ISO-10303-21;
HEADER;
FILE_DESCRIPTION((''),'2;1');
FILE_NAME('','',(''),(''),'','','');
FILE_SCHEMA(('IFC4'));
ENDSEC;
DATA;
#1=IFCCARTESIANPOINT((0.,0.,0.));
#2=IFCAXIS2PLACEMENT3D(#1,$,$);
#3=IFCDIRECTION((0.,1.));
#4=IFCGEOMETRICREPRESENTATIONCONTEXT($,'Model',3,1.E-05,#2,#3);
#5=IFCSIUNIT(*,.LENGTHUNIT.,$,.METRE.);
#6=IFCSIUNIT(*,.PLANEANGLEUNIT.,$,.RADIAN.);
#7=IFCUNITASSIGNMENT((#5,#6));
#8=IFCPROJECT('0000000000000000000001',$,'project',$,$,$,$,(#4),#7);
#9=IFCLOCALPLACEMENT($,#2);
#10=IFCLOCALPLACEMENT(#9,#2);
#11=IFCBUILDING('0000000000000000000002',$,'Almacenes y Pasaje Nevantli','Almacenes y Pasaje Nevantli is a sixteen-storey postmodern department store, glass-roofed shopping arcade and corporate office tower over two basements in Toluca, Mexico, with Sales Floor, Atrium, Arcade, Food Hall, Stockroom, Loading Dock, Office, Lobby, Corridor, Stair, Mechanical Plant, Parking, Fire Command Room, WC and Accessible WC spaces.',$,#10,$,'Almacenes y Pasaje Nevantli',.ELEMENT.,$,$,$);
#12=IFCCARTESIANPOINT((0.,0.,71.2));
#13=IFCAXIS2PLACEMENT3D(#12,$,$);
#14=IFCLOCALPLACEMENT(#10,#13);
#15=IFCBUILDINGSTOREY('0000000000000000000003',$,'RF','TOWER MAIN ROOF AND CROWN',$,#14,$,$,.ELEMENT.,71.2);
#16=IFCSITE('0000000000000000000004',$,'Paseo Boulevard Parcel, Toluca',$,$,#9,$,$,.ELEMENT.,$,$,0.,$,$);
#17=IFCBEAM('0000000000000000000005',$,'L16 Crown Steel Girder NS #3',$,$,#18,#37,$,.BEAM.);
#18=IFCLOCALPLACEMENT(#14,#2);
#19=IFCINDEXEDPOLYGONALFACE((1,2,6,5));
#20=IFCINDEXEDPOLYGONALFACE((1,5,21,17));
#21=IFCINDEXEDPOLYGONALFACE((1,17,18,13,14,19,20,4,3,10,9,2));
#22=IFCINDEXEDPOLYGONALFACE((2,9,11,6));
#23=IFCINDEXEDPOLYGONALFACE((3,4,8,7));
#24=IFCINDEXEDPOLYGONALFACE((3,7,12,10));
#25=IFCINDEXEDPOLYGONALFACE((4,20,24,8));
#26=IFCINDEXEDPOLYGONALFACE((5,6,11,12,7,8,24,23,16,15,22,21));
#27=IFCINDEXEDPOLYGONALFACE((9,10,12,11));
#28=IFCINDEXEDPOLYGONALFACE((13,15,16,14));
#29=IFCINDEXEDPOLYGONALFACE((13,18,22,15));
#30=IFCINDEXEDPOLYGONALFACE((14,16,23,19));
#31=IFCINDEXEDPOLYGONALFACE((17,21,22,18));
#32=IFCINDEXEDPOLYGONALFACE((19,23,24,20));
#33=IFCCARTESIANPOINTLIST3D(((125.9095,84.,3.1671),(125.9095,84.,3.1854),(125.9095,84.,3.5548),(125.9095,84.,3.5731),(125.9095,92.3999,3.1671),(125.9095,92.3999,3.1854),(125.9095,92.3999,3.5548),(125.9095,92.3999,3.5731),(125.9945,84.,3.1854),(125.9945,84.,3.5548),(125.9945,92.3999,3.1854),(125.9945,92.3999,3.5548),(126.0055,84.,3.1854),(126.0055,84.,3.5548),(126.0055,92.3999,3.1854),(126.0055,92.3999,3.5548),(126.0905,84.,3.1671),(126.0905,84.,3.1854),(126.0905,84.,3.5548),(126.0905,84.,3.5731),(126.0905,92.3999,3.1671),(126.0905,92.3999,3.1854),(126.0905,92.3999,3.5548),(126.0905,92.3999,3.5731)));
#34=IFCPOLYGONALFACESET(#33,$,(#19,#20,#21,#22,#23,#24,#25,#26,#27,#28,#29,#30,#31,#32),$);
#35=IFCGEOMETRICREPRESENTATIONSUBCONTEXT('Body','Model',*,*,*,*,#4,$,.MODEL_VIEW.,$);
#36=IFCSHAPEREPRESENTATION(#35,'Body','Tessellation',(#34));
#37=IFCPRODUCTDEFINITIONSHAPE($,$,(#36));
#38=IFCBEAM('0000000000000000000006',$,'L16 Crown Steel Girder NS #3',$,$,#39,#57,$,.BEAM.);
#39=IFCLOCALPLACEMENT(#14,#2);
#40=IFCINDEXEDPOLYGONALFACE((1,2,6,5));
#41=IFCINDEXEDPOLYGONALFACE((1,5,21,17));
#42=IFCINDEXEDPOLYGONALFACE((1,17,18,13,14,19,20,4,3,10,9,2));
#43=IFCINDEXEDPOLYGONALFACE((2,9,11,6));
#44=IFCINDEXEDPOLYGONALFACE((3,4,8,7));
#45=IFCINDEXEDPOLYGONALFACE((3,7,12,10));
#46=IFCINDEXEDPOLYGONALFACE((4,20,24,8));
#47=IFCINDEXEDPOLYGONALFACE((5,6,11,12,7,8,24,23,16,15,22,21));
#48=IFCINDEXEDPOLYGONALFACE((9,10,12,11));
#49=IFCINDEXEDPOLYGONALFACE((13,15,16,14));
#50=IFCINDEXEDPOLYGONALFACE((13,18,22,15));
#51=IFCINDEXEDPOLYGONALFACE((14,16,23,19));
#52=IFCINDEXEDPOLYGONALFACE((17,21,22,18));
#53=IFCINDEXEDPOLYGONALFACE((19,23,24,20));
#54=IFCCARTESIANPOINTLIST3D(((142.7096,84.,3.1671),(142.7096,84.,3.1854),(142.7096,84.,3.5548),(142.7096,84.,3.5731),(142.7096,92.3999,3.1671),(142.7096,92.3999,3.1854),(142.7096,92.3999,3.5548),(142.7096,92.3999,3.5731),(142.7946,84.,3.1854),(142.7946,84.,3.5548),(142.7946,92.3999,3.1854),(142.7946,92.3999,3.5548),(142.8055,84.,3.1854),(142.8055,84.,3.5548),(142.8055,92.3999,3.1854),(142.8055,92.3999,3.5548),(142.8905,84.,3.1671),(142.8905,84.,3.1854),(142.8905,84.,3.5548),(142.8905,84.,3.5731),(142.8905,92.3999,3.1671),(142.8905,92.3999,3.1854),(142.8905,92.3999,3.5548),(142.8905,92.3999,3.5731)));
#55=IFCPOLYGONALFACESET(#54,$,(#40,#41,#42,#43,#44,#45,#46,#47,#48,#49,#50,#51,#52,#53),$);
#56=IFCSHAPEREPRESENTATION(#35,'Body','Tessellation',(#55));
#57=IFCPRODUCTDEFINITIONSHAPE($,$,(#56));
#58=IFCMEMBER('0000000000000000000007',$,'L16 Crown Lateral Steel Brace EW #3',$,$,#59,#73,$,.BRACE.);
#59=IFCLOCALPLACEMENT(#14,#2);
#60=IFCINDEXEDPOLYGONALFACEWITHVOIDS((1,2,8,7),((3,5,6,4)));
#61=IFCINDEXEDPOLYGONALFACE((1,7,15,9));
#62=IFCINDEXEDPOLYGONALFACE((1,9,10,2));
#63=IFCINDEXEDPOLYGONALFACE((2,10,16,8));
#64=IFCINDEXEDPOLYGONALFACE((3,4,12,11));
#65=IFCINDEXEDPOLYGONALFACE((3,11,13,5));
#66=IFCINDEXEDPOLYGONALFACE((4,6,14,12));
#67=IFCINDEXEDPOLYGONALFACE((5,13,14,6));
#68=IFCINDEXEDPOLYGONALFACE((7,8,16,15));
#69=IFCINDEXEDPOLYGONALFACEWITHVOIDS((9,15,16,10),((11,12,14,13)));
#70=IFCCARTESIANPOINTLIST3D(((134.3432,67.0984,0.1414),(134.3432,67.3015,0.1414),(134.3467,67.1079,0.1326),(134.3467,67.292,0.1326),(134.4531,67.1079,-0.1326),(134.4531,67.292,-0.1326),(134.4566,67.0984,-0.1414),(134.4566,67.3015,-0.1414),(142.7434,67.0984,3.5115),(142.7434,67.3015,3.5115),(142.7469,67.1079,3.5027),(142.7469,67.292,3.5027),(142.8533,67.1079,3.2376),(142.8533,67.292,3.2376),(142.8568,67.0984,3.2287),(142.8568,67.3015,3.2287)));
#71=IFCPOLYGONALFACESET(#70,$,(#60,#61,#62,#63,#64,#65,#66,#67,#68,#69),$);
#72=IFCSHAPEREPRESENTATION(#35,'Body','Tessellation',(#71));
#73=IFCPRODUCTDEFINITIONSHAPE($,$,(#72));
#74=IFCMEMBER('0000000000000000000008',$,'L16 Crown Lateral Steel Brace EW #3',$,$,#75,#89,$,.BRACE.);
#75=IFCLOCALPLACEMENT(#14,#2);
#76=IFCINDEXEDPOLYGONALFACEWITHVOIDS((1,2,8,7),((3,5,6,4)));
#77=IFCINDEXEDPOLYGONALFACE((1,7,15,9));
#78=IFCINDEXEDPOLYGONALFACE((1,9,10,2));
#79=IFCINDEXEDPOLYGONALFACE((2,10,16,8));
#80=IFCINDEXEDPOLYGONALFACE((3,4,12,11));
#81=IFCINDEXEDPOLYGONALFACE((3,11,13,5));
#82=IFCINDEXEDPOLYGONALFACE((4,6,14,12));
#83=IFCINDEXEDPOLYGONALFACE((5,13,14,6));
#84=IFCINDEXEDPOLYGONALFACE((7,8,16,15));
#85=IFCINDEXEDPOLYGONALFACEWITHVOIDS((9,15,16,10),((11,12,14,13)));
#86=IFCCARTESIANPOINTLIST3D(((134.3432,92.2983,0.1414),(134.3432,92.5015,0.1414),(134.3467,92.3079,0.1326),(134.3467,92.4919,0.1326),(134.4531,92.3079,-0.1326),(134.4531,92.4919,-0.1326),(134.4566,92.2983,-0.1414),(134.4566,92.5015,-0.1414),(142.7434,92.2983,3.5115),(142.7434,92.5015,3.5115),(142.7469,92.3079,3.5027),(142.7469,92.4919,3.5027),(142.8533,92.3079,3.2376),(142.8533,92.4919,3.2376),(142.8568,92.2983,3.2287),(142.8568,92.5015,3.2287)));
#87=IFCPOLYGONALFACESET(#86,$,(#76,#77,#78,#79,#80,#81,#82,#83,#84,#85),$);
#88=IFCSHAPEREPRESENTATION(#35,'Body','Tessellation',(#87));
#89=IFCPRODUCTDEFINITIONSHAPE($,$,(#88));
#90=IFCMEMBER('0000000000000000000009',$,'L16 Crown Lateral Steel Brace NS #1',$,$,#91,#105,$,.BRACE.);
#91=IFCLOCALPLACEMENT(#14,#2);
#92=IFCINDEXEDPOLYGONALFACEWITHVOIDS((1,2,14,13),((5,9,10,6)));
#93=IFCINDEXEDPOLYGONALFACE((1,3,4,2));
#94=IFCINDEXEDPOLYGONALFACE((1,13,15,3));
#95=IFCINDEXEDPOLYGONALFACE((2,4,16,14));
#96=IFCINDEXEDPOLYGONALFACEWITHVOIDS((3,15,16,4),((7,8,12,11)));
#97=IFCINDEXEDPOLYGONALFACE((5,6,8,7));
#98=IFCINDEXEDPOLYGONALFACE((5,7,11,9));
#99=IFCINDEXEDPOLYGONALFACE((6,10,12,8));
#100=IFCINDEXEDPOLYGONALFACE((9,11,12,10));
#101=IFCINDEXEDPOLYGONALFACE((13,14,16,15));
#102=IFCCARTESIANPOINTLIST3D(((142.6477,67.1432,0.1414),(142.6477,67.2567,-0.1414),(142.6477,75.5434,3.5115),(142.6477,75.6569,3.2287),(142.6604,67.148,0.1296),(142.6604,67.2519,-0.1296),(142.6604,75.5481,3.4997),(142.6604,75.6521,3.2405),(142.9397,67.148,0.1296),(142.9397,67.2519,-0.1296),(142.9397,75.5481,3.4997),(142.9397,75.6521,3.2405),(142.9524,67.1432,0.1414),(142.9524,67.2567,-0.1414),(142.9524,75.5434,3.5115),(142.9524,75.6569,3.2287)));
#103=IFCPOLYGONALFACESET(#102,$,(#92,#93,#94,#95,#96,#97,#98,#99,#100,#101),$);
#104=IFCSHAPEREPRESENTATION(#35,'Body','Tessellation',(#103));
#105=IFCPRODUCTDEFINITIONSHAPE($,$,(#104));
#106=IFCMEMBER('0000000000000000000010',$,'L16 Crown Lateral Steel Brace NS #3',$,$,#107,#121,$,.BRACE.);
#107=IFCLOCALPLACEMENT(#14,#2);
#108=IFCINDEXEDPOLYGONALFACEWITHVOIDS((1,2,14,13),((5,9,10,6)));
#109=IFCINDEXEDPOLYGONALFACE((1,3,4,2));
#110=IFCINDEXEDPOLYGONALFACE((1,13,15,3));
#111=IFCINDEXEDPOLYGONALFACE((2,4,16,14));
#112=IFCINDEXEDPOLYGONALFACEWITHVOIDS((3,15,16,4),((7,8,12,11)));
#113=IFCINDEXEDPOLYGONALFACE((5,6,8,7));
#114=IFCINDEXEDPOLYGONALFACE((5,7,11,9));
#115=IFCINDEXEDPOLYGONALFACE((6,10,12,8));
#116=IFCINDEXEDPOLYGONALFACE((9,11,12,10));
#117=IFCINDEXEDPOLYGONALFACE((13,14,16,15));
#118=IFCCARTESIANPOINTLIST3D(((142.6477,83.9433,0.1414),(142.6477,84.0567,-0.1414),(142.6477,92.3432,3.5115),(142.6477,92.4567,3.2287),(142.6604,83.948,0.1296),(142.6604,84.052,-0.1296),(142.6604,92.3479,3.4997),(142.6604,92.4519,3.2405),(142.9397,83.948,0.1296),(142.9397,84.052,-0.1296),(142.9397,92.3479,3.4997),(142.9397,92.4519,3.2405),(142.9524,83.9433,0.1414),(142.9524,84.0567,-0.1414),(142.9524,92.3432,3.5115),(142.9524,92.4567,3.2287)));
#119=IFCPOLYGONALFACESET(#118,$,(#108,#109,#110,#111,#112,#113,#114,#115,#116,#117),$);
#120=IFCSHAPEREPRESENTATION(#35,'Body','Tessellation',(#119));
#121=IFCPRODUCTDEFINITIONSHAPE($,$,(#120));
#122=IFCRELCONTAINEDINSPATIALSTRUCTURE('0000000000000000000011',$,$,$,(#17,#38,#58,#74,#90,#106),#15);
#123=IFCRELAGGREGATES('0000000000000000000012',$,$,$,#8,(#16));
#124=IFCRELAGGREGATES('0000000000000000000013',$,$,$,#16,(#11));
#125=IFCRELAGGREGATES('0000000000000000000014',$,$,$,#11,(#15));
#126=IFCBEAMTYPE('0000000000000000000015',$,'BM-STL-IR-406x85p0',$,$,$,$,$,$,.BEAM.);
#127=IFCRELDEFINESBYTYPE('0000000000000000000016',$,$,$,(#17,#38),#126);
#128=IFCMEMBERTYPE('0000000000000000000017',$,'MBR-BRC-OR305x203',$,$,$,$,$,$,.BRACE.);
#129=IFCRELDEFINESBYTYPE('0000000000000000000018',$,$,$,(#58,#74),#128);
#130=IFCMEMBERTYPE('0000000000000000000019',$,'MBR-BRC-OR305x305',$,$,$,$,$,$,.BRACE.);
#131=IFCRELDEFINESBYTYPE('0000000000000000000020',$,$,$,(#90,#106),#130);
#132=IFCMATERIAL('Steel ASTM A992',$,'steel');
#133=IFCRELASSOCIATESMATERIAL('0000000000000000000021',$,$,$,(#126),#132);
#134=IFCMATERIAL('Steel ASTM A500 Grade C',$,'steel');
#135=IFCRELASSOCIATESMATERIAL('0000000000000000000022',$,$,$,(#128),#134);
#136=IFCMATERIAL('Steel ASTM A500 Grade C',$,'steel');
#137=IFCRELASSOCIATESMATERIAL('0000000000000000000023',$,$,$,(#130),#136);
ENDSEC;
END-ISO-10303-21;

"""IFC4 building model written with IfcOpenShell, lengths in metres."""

from ifc_helpers import new_model, si_unit, direction, frame, origin, origin_2d, place, context, subcontext, project, spatial, hollow_rectangle, i_section, extrude, material, material_profile, profile_set, type_object, element, save


model = new_model("IFC4")

# Units and contexts
model_context = context("Model", 3, precision=1e-05, world=origin(), true_north=direction((0.0, 1.0)))
body_context = subcontext(model_context, "Body", "Model", "MODEL_VIEW")
ifc_project = project(units=[si_unit("LENGTHUNIT", "METRE"), si_unit("PLANEANGLEUNIT", "RADIAN")], contexts=[model_context])

# Site, building, storey
site_placement = place(None, origin())
site = spatial("IfcSite", under=ifc_project, at=site_placement, Name="Paseo Boulevard Parcel, Toluca", CompositionType="ELEMENT", RefElevation=0.0)
building_placement = place(site_placement, origin())
building = spatial("IfcBuilding", under=site, at=building_placement, Name="Almacenes y Pasaje Nevantli", Description="Almacenes y Pasaje Nevantli is a sixteen-storey postmodern department store, glass-roofed shopping arcade and corporate office tower over two basements in Toluca, Mexico, with Sales Floor, Atrium, Arcade, Food Hall, Stockroom, Loading Dock, Office, Lobby, Corridor, Stair, Mechanical Plant, Parking, Fire Command Room, WC and Accessible WC spaces.", LongName="Almacenes y Pasaje Nevantli", CompositionType="ELEMENT")
storey_placement = place(building_placement, frame((0.0, 0.0, 71.2)))
storey = spatial("IfcBuildingStorey", under=building, at=storey_placement, Name="RF", Description="TOWER MAIN ROOF AND CROWN", CompositionType="ELEMENT", Elevation=71.2)

# Beams
ifc_material_1 = material(Name="Steel ASTM A992", Category="steel")
ifc_material_profile_1 = material_profile(ifc_material_1, i_section(OverallWidth=0.1809, OverallDepth=0.406, WebThickness=0.011, FlangeThickness=0.0183, at=origin_2d()), Name="IR 406x85.0")
ifc_profile_set_1 = profile_set([ifc_material_profile_1], Name="Steel ASTM A992")
beam_type = type_object("IfcBeamType", Name="BM-STL-IR-406x85p0", PredefinedType="BEAM", material=ifc_profile_set_1)
for number, where, z_axis, x_axis, name in (
    (1, (126.0, 84.0, 3.3701), (0.0, 1.0, 0.0), (-1.0, 0.0, 0.0), "L16 Crown Steel Girder NS #3"),
    (2, (142.8, 84.0, 3.3701), (0.0, 1.0, 0.0), (-1.0, 0.0, 0.0), "L16 Crown Steel Girder NS #3"),
):
    element("IfcBeam", number, at=place(storey_placement, frame(where, z_axis=z_axis, x_axis=x_axis)), inside=storey, type_object=beam_type, Name=name, PredefinedType="BEAM", context=body_context, shape_type="SweptSolid", body=[
        extrude(i_section(OverallWidth=0.1809, OverallDepth=0.406, WebThickness=0.011, FlangeThickness=0.0183, at=origin_2d()), origin(), (0.0, 0.0, 1.0), 8.3999),
    ])

# Members
ifc_material_2 = material(Name="Steel ASTM A500 Grade C", Category="steel")
ifc_material_profile_2 = material_profile(ifc_material_2, hollow_rectangle(XDim=0.2031, YDim=0.3047, WallThickness=0.0095, at=origin_2d()), Name="OR 305x203x9.5")
ifc_profile_set_2 = profile_set([ifc_material_profile_2], Name="Steel ASTM A500 Grade C")
member_type_1 = type_object("IfcMemberType", Name="MBR-BRC-OR305x203", PredefinedType="BRACE", material=ifc_profile_set_2)
for number, where, z_axis, x_axis, name in (
    (3, (134.3999, 67.2, 0.0), (0.928093, 0.0, 0.372349), (0.0, 1.0, 0.0), "L16 Crown Lateral Steel Brace EW #3"),
    (4, (134.3999, 92.3999, 0.0), (0.928093, 0.0, 0.372349), (0.0, 1.0, 0.0), "L16 Crown Lateral Steel Brace EW #3"),
):
    element("IfcMember", number, at=place(storey_placement, frame(where, z_axis=z_axis, x_axis=x_axis)), inside=storey, type_object=member_type_1, Name=name, PredefinedType="BRACE", context=body_context, shape_type="SweptSolid", body=[
        extrude(hollow_rectangle(XDim=0.2031, YDim=0.3047, WallThickness=0.0095, at=origin_2d()), origin(), (0.0, 0.0, 1.0), 9.051),
    ])
ifc_material_3 = material(Name="Steel ASTM A500 Grade C", Category="steel")
ifc_material_profile_3 = material_profile(ifc_material_3, hollow_rectangle(XDim=0.3047, YDim=0.3047, WallThickness=0.0127, at=origin_2d()), Name="OR 305x305x12.7")
ifc_profile_set_3 = profile_set([ifc_material_profile_3], Name="Steel ASTM A500 Grade C")
member_type_2 = type_object("IfcMemberType", Name="MBR-BRC-OR305x305", PredefinedType="BRACE", material=ifc_profile_set_3)
member_1_placement = place(storey_placement, frame((142.8, 67.2, 0.0), z_axis=(0.0, 0.928093, 0.372349), x_axis=(-1.0, 0.0, 0.0)))
element("IfcMember", 5, at=member_1_placement, inside=storey, type_object=member_type_2, Name="L16 Crown Lateral Steel Brace NS #1", PredefinedType="BRACE", context=body_context, shape_type="SweptSolid", body=[
    extrude(hollow_rectangle(XDim=0.3047, YDim=0.3047, WallThickness=0.0127, at=origin_2d()), origin(), (0.0, 0.0, 1.0), 9.051),
])
member_2_placement = place(storey_placement, frame((142.8, 84.0, 0.0), z_axis=(0.0, 0.928089, 0.372358), x_axis=(-1.0, 0.0, 0.0)))
element("IfcMember", 6, at=member_2_placement, inside=storey, type_object=member_type_2, Name="L16 Crown Lateral Steel Brace NS #3", PredefinedType="BRACE", context=body_context, shape_type="SweptSolid", body=[
    extrude(hollow_rectangle(XDim=0.3047, YDim=0.3047, WallThickness=0.0127, at=origin_2d()), origin(), (0.0, 0.0, 1.0), 9.0508),
])

save(model, "model.ifc")
